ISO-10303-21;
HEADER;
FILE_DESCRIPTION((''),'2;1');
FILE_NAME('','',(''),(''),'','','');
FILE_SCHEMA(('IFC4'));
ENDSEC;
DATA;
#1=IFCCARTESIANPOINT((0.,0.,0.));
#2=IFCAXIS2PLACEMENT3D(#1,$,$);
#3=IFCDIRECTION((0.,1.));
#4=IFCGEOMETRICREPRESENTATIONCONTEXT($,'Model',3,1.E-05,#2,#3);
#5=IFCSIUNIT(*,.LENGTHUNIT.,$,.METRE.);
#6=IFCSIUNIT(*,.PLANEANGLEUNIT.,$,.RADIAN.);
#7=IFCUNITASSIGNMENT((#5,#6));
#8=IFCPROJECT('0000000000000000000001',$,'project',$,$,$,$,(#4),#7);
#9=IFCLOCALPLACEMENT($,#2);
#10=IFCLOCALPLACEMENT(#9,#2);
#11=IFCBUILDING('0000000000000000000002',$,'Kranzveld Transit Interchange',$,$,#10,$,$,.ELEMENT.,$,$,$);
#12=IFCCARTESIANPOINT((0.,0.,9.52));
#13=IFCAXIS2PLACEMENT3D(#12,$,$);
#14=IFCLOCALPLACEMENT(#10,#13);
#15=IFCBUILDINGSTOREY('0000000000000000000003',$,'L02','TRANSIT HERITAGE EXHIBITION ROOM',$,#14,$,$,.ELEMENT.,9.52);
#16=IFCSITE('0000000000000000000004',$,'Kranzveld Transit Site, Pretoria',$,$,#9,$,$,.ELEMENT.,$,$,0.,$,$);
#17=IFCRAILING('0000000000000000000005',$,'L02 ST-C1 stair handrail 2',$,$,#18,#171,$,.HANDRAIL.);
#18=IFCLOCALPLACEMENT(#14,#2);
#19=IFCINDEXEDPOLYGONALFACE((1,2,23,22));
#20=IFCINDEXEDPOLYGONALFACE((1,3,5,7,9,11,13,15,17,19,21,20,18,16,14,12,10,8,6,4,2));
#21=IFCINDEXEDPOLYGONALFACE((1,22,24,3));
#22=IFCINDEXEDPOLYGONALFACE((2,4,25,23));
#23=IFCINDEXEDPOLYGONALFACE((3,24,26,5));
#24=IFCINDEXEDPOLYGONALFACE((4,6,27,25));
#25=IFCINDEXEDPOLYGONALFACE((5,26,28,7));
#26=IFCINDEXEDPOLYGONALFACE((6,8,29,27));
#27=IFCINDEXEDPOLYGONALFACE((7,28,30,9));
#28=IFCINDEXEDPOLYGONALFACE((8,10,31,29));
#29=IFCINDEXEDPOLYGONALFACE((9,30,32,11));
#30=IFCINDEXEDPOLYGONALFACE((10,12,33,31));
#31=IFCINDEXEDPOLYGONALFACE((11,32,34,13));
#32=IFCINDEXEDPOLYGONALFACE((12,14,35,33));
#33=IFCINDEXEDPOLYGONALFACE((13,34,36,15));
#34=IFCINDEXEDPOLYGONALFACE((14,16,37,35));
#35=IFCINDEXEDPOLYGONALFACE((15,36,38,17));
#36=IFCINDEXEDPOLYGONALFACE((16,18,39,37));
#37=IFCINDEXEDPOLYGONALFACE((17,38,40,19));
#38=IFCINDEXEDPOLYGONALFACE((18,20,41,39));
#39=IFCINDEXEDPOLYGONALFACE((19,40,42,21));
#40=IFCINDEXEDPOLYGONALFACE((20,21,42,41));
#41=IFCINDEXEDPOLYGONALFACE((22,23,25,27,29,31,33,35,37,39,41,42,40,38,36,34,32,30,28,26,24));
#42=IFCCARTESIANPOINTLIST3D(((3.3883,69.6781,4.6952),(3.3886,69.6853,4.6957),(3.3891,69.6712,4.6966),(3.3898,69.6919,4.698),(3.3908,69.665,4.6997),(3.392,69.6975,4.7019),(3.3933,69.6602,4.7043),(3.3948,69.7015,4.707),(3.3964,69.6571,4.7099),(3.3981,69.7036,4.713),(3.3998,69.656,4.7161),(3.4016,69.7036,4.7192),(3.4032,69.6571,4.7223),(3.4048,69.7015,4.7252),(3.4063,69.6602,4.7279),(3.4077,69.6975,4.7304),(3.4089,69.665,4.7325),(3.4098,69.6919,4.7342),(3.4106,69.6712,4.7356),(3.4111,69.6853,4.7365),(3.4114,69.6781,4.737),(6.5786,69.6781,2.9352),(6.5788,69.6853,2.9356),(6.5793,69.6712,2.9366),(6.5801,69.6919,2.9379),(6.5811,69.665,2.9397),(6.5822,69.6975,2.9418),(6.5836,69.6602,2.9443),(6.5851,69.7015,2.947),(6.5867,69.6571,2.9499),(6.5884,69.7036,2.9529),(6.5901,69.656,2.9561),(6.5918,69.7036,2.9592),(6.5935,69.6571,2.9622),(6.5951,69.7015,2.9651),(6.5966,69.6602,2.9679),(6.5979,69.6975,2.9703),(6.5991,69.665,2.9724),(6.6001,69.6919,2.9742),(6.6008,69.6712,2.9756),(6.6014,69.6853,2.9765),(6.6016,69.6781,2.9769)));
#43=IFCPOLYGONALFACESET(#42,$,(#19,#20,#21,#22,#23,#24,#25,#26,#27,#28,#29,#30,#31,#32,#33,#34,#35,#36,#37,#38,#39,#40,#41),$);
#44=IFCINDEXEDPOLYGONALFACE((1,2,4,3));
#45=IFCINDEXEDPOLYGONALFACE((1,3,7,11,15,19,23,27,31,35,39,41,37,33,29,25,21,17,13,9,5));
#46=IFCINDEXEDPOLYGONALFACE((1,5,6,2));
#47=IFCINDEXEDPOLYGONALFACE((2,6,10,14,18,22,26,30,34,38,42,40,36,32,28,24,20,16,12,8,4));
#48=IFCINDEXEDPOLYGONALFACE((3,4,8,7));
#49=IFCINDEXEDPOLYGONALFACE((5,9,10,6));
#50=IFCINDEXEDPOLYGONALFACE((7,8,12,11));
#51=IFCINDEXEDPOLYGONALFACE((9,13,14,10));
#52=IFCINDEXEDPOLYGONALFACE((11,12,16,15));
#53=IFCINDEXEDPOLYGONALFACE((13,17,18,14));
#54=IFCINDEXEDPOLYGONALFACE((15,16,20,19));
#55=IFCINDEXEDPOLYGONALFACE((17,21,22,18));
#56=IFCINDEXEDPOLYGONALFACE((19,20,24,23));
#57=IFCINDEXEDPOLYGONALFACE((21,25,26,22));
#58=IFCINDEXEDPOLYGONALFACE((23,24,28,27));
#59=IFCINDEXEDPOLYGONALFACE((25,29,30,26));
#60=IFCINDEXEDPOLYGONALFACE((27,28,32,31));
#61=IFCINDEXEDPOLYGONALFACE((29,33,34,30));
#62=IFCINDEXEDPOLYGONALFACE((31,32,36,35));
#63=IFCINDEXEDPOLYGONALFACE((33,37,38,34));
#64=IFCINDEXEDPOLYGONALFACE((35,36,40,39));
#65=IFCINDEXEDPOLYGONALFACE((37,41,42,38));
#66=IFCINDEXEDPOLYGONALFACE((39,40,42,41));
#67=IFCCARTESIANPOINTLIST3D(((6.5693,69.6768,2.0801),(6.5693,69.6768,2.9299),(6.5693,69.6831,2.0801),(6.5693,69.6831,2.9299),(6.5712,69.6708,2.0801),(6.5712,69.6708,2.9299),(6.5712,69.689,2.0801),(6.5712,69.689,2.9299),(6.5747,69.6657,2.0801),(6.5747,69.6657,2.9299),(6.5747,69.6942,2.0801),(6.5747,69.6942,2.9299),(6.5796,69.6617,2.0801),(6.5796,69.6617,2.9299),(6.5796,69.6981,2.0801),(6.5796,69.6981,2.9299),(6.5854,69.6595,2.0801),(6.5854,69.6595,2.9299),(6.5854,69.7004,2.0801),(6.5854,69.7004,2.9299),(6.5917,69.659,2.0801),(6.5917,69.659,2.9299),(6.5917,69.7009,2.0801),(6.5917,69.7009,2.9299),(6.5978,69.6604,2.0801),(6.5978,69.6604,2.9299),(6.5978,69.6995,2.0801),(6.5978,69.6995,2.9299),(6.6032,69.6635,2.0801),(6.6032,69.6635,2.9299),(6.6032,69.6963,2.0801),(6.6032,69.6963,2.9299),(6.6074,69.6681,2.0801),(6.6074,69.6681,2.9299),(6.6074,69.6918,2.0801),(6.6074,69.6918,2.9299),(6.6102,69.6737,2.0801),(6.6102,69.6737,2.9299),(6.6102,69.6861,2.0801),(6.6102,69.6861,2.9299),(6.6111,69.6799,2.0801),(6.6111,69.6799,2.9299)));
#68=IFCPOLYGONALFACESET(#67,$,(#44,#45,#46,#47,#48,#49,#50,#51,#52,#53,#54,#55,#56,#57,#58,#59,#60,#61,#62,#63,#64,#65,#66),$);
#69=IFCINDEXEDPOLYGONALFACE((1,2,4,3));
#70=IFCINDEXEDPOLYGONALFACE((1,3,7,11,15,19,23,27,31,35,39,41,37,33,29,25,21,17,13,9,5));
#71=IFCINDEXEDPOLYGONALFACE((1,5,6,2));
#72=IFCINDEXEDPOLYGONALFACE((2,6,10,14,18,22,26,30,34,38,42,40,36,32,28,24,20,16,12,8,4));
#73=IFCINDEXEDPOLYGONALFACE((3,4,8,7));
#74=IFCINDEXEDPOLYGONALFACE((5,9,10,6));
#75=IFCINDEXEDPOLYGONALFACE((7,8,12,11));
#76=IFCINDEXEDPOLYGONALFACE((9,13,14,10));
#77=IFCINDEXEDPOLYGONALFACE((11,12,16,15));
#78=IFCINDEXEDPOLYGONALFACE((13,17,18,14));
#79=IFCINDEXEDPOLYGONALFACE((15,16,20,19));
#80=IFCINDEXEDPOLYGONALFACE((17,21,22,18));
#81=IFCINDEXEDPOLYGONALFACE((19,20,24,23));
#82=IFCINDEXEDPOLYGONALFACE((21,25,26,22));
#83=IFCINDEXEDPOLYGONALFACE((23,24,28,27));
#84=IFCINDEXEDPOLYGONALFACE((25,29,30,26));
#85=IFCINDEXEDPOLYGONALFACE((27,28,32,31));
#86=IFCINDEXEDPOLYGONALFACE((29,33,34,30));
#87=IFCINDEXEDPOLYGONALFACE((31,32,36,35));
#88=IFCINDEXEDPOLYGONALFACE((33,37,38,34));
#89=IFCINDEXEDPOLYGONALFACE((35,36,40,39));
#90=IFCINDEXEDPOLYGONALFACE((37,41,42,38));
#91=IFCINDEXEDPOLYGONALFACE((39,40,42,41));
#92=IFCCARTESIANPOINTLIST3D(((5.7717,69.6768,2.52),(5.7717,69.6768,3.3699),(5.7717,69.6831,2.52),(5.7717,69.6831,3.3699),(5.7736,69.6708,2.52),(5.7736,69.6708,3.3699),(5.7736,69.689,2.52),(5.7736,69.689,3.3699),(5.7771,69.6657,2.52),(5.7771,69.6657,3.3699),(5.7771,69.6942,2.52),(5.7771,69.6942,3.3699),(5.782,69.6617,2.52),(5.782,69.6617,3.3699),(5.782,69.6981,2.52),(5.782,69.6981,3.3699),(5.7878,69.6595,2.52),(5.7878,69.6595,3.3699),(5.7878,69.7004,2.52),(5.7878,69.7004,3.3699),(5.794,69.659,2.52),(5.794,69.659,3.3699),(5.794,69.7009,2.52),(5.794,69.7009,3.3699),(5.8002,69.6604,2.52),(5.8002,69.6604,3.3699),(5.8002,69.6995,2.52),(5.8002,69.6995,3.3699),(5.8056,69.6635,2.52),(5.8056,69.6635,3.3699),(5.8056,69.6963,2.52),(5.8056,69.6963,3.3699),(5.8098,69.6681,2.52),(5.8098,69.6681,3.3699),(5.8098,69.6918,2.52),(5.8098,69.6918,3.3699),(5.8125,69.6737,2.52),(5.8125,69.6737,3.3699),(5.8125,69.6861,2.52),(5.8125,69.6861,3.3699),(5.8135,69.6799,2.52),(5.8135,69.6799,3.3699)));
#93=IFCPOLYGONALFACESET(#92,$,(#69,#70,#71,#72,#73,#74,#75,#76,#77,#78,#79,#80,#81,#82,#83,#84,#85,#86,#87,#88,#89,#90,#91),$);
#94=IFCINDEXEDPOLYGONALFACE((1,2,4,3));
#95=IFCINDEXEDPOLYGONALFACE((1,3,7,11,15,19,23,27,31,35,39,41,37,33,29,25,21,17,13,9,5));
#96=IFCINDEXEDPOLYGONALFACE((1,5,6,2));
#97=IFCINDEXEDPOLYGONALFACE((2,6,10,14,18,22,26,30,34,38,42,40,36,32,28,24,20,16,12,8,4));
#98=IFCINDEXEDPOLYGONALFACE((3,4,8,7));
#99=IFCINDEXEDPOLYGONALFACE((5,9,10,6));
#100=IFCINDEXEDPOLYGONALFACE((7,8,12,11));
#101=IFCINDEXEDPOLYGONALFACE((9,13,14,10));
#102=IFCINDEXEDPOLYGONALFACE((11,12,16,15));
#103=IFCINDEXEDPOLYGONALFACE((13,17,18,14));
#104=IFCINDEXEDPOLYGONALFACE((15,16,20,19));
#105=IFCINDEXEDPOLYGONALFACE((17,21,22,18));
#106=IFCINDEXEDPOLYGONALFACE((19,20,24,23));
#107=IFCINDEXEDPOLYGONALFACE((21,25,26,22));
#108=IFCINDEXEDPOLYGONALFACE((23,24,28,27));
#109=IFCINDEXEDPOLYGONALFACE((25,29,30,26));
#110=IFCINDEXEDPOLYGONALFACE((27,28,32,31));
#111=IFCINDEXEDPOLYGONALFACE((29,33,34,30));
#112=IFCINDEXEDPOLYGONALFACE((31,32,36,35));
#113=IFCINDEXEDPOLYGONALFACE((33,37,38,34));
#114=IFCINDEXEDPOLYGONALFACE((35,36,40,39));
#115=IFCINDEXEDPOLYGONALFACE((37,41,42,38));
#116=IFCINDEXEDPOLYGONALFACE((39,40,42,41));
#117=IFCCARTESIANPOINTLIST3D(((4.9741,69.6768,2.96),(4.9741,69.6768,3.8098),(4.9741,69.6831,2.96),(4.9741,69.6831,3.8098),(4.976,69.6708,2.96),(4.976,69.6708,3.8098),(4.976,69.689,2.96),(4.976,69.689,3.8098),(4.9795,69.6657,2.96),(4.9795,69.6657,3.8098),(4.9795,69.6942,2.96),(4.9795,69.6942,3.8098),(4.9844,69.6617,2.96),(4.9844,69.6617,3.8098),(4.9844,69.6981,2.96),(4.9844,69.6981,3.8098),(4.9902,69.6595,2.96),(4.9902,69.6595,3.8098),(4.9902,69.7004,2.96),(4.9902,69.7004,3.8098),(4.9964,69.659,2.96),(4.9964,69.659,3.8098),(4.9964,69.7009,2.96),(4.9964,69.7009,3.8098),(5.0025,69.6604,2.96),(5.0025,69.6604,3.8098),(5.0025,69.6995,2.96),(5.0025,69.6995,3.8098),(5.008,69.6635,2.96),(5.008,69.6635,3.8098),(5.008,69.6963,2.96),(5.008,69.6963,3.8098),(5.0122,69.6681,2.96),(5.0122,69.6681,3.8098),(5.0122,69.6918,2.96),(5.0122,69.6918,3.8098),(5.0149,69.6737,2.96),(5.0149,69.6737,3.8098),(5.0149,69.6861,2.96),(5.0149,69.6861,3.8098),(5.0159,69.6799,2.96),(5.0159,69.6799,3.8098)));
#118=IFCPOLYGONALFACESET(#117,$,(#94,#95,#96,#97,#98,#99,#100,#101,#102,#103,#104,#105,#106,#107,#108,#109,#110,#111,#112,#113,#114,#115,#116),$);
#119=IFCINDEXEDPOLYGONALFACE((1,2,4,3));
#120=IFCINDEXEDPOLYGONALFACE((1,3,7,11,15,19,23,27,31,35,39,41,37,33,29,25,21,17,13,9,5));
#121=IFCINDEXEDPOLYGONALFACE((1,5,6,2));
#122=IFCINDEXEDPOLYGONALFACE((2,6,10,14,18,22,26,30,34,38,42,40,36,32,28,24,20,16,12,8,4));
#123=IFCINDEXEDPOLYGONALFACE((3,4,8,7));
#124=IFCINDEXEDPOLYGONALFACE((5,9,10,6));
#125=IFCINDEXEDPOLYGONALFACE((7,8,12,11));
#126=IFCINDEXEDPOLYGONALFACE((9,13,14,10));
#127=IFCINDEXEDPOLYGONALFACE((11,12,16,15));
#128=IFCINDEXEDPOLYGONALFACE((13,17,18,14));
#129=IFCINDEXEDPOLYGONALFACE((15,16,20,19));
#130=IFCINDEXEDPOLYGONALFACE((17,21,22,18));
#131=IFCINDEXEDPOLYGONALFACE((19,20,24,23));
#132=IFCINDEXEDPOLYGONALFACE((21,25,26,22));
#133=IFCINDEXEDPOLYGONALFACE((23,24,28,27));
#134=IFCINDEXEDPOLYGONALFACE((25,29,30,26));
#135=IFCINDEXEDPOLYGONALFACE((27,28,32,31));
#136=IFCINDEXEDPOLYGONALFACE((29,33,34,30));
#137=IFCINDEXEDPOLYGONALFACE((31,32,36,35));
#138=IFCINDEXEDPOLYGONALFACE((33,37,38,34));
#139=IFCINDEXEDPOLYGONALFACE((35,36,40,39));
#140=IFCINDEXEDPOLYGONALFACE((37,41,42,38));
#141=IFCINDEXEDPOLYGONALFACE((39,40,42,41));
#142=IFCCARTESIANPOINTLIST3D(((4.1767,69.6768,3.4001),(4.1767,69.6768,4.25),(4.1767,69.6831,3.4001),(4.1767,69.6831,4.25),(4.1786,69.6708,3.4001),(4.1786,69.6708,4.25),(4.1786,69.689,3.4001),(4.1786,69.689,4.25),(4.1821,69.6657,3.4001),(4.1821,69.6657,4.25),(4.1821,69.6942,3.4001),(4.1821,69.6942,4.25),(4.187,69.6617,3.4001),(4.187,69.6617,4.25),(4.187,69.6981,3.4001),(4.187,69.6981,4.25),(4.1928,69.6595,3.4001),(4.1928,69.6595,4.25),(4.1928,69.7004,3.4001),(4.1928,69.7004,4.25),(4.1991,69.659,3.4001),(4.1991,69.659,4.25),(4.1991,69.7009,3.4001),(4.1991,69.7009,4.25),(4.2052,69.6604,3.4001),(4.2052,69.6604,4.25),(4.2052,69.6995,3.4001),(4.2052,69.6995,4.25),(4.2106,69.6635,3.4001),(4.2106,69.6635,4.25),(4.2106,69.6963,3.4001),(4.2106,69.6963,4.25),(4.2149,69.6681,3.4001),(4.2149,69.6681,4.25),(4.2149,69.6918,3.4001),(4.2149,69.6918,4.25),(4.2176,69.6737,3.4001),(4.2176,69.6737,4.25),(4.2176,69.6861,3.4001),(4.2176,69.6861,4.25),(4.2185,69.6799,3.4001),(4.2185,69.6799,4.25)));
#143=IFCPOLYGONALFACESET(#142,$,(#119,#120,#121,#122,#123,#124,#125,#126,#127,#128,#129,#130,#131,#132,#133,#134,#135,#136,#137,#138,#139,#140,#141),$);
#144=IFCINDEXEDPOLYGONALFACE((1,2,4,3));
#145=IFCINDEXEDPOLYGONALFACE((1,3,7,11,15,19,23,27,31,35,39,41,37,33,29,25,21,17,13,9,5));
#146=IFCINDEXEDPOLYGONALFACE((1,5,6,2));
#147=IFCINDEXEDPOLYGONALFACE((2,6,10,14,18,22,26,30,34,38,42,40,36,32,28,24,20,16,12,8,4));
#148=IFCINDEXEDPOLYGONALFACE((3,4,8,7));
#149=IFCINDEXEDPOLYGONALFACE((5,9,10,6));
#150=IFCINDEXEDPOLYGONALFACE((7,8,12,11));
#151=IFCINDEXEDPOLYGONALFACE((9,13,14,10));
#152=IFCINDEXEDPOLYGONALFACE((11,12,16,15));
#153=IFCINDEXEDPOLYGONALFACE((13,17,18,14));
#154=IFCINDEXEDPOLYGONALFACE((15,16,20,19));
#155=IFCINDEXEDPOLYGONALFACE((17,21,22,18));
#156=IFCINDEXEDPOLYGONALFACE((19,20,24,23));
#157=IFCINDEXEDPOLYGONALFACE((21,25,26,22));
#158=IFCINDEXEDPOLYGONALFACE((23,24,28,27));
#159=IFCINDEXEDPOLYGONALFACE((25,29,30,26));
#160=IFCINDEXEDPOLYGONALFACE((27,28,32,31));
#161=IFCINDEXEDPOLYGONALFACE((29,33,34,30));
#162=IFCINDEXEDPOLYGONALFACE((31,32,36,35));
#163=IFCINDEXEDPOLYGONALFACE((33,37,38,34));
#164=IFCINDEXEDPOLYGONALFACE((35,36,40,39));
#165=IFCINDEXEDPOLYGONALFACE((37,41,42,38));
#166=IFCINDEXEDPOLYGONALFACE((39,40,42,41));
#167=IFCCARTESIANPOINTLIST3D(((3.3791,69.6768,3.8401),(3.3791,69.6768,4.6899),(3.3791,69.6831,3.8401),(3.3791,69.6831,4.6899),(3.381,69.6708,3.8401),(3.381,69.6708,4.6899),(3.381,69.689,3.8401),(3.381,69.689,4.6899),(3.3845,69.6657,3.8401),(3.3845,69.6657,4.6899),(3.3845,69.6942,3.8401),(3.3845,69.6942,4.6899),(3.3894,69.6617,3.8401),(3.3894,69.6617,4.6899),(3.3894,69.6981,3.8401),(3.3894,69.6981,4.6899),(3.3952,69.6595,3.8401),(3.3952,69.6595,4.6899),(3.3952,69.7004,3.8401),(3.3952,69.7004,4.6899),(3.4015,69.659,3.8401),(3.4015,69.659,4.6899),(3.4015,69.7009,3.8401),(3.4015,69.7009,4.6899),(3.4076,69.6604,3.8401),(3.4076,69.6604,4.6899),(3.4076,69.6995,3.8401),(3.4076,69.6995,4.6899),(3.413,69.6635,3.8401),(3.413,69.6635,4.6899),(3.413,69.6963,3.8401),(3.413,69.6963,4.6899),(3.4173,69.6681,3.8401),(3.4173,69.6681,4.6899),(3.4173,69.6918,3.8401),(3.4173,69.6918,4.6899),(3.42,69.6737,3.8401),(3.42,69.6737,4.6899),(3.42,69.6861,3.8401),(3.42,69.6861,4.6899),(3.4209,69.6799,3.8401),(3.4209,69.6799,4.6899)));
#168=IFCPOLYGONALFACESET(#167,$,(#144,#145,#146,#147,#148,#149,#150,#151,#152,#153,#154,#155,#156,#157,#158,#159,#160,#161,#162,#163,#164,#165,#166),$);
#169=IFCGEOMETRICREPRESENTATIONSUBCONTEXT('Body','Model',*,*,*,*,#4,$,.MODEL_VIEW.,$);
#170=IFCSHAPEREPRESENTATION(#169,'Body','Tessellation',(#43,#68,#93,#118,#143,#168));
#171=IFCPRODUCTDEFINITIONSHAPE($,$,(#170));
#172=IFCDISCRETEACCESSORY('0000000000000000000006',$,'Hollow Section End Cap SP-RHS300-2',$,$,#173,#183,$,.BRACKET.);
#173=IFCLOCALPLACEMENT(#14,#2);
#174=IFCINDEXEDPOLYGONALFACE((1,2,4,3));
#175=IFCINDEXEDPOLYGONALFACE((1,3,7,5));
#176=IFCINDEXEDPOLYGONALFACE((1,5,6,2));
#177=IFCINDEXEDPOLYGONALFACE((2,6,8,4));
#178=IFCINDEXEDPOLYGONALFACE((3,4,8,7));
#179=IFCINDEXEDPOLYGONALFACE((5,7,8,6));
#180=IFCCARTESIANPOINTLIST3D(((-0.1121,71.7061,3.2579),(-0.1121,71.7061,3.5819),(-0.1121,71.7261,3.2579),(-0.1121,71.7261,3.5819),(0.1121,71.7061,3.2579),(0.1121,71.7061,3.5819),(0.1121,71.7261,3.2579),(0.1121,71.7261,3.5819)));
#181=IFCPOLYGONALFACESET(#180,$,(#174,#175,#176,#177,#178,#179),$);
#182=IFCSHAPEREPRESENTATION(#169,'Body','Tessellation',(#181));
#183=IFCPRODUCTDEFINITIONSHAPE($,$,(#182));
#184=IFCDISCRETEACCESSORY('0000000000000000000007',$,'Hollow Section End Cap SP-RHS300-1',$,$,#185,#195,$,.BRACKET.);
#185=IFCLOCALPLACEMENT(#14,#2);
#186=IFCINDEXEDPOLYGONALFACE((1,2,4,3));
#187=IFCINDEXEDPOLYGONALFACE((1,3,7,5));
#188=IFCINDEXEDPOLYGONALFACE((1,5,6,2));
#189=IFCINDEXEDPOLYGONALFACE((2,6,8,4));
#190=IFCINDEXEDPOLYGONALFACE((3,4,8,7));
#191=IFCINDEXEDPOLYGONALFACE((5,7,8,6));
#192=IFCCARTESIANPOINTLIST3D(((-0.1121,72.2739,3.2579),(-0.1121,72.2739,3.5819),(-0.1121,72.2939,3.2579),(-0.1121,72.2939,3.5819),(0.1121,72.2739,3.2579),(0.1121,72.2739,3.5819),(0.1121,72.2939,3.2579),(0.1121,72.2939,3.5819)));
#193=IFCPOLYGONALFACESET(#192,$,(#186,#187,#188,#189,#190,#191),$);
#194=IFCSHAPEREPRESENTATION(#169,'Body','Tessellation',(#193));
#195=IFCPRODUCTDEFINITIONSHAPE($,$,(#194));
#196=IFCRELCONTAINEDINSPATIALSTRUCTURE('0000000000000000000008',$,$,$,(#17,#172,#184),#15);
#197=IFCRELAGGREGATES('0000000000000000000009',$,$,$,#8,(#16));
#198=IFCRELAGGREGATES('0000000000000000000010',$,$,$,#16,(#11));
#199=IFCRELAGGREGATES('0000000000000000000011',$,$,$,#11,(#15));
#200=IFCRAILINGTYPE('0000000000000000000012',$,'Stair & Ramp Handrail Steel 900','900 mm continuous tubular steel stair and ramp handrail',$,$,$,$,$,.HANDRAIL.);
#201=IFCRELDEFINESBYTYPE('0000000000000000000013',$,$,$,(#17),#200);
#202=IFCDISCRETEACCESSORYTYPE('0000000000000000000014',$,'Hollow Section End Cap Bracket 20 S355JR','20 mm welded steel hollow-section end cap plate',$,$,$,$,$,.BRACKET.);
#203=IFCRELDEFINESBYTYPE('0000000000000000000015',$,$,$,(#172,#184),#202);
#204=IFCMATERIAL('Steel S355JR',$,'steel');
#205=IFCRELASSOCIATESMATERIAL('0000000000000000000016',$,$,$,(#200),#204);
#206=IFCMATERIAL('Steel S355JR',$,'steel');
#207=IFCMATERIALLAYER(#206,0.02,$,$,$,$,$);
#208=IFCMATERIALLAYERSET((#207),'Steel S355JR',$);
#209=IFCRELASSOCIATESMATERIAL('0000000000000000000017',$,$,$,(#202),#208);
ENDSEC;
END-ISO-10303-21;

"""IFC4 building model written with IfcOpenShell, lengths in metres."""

from ifc_helpers import new_model, si_unit, direction, frame, origin, origin_2d, place, context, subcontext, project, spatial, rectangle, circle, extrude, material, layer, layer_set, type_object, element, save


model = new_model("IFC4")

# Units and contexts
model_context = context("Model", 3, precision=1e-05, world=origin(), true_north=direction((0.0, 1.0)))
body_context = subcontext(model_context, "Body", "Model", "MODEL_VIEW")
ifc_project = project(units=[si_unit("LENGTHUNIT", "METRE"), si_unit("PLANEANGLEUNIT", "RADIAN")], contexts=[model_context])

# Site, building, storey
site_placement = place(None, origin())
site = spatial("IfcSite", under=ifc_project, at=site_placement, Name="Kranzveld Transit Site, Pretoria", CompositionType="ELEMENT", RefElevation=0.0)
building_placement = place(site_placement, origin())
building = spatial("IfcBuilding", under=site, at=building_placement, Name="Kranzveld Transit Interchange", CompositionType="ELEMENT")
storey_placement = place(building_placement, frame((0.0, 0.0, 9.52)))
storey = spatial("IfcBuildingStorey", under=building, at=storey_placement, Name="L02", Description="TRANSIT HERITAGE EXHIBITION ROOM", CompositionType="ELEMENT", Elevation=9.52)

# Railing
ifc_material_1 = material(Name="Steel S355JR", Category="steel")
railing_type = type_object("IfcRailingType", Name="Stair & Ramp Handrail Steel 900", Description="900 mm continuous tubular steel stair and ramp handrail", PredefinedType="HANDRAIL", material=ifc_material_1)
railing_placement = place(storey_placement, frame((6.5901, 69.6799, 2.0801)))
element("IfcRailing", 1, at=railing_placement, inside=storey, type_object=railing_type, Name="L02 ST-C1 stair handrail 2", PredefinedType="HANDRAIL", context=body_context, shape_type="SweptSolid", body=[
    extrude(circle(Radius=0.0239, at=origin_2d()), frame((0.0, 0.0, 0.876), z_axis=(-0.875588, 0.0, 0.483058), x_axis=(0.0, -1.0, 0.0)), (0.0, 0.0, 1.0), 3.6436),
    extrude(circle(Radius=0.021, at=origin_2d()), origin(), (0.0, 0.0, 1.0), 0.8499),
    extrude(circle(Radius=0.021, at=origin_2d()), frame((-0.7976, 0.0, 0.4399)), (0.0, 0.0, 1.0), 0.8499),
    extrude(circle(Radius=0.021, at=origin_2d()), frame((-1.5952, 0.0, 0.8799)), (0.0, 0.0, 1.0), 0.8499),
    extrude(circle(Radius=0.021, at=origin_2d()), frame((-2.3926, 0.0, 1.3201)), (0.0, 0.0, 1.0), 0.8499),
    extrude(circle(Radius=0.021, at=origin_2d()), frame((-3.1902, 0.0, 1.76)), (0.0, 0.0, 1.0), 0.8499),
])

# Discrete accessories
ifc_material_2 = material(Name="Steel S355JR", Category="steel")
ifc_layer_1 = layer(ifc_material_2, 0.02)
ifc_layer_set_1 = layer_set([ifc_layer_1], Name="Steel S355JR")
discrete_accessory_type = type_object("IfcDiscreteAccessoryType", Name="Hollow Section End Cap Bracket 20 S355JR", Description="20 mm welded steel hollow-section end cap plate", PredefinedType="BRACKET", material=ifc_layer_set_1)
for number, where, z_axis, x_axis, name in (
    (2, (0.0, 71.7061, 3.4199), (0.0, 1.0, 0.0), (-1.0, 0.0, 0.0), "Hollow Section End Cap SP-RHS300-2"),
    (3, (0.0, 72.2939, 3.4199), (0.0, -1.0, 0.0), (1.0, 0.0, 0.0), "Hollow Section End Cap SP-RHS300-1"),
):
    element("IfcDiscreteAccessory", number, at=place(storey_placement, frame(where, z_axis=z_axis, x_axis=x_axis)), inside=storey, type_object=discrete_accessory_type, Name=name, PredefinedType="BRACKET", context=body_context, shape_type="SweptSolid", body=[
        extrude(rectangle(XDim=0.2241, YDim=0.324, at=origin_2d()), origin(), (0.0, 0.0, 1.0), 0.02),
    ])

save(model, "model.ifc")
